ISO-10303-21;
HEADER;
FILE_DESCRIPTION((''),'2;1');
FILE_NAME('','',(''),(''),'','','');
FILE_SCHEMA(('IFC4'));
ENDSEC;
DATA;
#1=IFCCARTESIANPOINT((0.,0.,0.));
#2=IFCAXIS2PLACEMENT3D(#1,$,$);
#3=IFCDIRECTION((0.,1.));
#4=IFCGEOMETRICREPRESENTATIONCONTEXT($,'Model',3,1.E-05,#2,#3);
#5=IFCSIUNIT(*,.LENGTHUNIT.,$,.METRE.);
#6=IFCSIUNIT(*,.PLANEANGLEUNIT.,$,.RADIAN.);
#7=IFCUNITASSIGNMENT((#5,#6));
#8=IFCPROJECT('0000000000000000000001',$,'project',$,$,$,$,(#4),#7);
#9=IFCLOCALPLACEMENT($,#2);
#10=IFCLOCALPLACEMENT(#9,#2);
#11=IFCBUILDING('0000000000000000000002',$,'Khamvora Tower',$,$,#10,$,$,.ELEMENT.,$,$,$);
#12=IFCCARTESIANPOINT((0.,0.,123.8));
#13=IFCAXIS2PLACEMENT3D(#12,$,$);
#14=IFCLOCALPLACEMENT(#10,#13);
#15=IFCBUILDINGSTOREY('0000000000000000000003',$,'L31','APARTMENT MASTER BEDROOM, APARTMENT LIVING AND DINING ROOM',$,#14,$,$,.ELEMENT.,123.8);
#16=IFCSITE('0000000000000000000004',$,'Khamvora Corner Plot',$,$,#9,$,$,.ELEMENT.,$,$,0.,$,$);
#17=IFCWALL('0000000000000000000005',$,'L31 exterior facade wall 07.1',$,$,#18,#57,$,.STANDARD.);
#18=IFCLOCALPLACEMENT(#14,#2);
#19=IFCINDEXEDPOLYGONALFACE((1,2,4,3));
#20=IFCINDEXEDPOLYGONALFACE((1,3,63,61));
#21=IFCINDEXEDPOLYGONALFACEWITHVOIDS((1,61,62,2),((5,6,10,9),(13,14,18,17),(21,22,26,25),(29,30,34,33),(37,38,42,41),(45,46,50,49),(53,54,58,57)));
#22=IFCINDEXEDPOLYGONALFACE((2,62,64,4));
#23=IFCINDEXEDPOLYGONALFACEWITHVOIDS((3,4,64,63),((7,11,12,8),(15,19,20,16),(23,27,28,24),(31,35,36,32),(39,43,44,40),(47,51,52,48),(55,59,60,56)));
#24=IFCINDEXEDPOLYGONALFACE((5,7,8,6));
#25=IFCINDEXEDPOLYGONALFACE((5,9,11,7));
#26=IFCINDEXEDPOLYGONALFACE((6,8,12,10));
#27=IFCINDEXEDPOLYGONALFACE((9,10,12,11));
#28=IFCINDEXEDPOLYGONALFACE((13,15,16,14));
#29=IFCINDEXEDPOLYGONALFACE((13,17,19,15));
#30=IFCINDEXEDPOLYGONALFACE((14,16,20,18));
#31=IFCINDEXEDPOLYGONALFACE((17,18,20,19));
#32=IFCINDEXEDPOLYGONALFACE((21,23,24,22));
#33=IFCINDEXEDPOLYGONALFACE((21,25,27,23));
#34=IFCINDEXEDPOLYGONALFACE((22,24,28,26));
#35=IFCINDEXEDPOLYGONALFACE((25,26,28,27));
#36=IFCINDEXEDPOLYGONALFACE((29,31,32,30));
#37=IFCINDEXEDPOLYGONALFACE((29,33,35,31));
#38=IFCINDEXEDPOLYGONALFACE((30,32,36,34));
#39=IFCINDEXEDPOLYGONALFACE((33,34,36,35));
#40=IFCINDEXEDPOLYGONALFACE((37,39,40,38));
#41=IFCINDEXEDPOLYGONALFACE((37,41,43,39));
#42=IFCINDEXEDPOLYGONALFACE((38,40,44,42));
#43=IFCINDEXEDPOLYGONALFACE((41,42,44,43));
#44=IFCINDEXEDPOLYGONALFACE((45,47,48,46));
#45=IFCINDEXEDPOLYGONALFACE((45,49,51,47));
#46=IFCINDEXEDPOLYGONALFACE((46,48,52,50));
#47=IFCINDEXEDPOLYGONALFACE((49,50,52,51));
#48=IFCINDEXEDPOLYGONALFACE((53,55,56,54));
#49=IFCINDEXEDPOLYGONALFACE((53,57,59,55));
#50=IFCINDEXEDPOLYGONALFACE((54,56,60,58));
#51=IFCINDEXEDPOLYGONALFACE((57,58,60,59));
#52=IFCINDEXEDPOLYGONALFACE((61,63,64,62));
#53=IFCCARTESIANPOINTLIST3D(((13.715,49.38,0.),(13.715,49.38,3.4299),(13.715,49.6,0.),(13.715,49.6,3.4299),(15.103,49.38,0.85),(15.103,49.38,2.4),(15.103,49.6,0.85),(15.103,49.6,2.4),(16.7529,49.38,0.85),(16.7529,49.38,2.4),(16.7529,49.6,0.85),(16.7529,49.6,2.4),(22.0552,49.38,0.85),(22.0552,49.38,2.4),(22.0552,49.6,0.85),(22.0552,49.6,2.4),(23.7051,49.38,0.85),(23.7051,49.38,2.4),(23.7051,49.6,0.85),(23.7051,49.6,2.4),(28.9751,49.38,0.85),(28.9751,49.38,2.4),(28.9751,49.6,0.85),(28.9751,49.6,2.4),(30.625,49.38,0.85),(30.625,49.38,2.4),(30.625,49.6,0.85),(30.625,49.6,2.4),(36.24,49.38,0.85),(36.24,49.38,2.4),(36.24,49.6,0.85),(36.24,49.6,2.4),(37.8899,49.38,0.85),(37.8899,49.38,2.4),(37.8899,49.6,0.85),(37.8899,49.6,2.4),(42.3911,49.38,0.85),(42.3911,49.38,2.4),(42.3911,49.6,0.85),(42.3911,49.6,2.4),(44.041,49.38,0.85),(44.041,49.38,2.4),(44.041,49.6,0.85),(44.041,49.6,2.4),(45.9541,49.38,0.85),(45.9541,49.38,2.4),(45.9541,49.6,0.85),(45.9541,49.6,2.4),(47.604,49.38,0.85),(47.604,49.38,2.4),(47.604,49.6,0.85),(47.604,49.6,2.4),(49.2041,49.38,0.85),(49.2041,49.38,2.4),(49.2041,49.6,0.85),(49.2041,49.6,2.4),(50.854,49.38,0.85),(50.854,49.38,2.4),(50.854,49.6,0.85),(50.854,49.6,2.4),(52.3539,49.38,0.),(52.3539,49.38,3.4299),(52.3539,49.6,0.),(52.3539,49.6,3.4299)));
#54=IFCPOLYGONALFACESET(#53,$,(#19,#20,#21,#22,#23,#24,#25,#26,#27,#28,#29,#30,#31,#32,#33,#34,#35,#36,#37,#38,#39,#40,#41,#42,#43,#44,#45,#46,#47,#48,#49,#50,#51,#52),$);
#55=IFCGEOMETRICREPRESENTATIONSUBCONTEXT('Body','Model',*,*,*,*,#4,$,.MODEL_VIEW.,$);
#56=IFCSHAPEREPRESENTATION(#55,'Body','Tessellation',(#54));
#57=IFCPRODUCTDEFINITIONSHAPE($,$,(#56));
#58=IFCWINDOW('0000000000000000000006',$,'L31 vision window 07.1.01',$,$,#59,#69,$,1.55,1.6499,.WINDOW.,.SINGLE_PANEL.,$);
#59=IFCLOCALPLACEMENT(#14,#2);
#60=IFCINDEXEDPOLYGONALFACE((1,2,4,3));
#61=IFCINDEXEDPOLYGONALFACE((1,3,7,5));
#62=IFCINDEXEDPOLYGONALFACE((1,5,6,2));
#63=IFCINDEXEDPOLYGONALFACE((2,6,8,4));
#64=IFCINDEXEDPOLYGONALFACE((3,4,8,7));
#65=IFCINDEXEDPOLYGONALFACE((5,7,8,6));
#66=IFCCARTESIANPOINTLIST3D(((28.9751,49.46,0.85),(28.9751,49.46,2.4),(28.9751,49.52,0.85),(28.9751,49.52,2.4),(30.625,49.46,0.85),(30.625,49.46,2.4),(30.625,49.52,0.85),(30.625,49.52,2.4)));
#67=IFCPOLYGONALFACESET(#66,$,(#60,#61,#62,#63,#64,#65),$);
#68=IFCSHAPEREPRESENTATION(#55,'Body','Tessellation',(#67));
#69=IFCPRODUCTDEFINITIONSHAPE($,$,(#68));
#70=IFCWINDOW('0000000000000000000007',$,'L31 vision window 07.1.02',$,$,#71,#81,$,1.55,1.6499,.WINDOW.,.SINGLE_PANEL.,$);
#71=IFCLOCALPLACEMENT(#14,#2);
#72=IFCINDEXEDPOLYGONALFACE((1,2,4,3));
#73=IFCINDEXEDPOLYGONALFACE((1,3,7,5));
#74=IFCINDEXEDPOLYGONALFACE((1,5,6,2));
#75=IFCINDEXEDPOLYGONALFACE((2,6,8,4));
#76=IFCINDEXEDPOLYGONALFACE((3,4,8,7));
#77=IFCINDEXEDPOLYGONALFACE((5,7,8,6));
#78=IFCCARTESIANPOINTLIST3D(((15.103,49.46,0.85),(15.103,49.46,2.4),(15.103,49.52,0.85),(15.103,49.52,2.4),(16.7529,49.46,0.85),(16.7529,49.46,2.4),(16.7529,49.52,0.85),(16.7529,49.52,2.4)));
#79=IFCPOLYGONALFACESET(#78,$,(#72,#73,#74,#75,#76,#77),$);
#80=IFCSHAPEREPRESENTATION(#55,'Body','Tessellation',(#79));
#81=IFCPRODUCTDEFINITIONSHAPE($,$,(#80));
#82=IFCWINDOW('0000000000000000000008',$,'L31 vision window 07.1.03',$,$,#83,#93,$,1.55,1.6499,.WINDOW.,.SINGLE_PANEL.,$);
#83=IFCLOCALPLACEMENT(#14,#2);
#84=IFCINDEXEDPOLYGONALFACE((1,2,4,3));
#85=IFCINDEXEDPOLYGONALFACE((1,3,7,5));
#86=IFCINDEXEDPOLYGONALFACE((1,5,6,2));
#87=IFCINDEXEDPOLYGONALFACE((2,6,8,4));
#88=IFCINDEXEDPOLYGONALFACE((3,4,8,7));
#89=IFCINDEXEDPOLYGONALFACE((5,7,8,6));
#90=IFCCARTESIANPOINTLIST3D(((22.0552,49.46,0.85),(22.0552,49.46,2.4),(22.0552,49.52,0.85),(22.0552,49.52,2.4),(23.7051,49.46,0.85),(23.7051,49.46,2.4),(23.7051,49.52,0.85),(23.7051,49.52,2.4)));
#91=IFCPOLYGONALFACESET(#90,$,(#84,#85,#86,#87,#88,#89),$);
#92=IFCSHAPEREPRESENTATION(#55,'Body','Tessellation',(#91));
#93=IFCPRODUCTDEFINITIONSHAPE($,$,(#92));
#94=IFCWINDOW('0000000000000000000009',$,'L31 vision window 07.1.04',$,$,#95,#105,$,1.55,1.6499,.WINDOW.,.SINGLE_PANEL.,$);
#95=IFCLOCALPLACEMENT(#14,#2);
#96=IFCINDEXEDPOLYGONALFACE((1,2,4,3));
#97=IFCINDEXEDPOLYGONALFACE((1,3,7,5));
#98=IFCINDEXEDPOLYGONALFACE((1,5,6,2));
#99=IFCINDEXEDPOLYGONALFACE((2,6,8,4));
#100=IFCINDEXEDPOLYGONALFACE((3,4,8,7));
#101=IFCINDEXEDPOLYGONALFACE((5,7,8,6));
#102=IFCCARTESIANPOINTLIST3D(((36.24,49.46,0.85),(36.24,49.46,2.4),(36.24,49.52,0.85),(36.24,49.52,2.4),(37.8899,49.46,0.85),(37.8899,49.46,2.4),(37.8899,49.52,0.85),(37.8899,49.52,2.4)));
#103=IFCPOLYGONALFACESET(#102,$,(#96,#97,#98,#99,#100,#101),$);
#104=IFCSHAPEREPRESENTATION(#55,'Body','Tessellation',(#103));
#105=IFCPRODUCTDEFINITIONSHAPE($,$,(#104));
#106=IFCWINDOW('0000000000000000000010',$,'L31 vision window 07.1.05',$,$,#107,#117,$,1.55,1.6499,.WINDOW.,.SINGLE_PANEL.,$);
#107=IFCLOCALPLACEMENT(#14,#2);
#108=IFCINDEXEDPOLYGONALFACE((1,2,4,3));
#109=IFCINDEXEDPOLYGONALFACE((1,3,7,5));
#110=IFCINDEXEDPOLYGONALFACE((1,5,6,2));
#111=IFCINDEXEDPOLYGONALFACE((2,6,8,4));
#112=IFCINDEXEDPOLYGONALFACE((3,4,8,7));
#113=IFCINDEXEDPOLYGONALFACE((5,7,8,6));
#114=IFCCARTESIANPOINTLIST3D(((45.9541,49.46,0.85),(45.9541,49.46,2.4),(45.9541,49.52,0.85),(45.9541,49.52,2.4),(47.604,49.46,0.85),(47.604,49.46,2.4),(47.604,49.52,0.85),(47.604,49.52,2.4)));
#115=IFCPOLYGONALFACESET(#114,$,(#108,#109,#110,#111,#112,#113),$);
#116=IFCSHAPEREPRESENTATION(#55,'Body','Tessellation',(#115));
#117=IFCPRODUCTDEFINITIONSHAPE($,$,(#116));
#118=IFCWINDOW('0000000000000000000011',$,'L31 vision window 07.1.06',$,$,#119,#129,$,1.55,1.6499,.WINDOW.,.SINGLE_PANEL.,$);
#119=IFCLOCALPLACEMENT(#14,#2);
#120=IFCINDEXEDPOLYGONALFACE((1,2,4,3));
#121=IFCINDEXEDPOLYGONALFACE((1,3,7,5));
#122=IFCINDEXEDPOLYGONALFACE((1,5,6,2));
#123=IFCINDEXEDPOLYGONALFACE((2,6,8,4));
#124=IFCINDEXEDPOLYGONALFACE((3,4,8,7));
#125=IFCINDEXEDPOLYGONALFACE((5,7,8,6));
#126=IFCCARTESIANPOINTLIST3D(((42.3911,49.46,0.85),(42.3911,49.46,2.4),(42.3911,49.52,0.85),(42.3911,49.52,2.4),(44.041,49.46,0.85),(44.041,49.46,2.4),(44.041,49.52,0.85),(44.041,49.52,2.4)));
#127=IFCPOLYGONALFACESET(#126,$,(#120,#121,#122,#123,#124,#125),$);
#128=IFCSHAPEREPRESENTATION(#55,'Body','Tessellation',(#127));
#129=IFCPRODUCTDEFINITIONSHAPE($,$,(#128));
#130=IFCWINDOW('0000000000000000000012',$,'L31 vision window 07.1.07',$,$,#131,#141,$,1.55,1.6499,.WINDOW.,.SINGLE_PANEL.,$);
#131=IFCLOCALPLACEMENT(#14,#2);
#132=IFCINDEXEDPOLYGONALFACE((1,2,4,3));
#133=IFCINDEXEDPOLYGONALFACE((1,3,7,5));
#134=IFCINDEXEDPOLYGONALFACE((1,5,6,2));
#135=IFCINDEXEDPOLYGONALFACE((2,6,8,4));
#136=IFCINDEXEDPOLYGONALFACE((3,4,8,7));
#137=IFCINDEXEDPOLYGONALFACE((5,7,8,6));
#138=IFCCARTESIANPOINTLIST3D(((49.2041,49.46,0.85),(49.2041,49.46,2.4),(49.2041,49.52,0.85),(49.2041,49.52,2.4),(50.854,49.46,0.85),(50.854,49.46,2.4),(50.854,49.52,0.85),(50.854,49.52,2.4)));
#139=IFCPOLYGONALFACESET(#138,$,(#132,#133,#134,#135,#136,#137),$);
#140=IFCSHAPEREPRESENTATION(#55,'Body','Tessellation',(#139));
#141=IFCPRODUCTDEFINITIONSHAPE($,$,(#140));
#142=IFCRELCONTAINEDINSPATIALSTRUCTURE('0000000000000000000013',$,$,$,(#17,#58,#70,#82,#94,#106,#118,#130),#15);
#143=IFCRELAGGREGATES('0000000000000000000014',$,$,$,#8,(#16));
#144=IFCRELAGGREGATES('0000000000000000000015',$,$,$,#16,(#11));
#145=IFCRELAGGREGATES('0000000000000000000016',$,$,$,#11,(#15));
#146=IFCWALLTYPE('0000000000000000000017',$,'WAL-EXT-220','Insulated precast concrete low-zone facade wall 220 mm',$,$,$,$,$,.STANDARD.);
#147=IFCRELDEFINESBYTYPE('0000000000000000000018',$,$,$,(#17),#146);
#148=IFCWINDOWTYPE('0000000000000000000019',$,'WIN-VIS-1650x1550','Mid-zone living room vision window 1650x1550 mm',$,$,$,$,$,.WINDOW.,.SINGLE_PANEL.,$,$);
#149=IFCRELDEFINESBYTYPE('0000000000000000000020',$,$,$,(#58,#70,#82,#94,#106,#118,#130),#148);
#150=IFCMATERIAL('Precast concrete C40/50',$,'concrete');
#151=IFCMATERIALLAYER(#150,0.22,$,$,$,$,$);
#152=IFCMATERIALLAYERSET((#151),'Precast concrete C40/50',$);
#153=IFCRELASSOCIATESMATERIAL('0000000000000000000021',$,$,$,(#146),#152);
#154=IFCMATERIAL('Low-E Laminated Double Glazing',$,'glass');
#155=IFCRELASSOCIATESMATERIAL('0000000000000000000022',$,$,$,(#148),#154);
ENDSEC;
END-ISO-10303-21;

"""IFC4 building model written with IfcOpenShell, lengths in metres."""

from ifc_helpers import new_model, si_unit, direction, frame, frame_2d, origin, place, context, subcontext, project, spatial, rectangle, extrude, material, layer, layer_set, type_object, element, fill, save


model = new_model("IFC4")

# Units and contexts
model_context = context("Model", 3, precision=1e-05, world=origin(), true_north=direction((0.0, 1.0)))
body_context = subcontext(model_context, "Body", "Model", "MODEL_VIEW")
ifc_project = project(units=[si_unit("LENGTHUNIT", "METRE"), si_unit("PLANEANGLEUNIT", "RADIAN")], contexts=[model_context])

# Site, building, storey
site_placement = place(None, origin())
site = spatial("IfcSite", under=ifc_project, at=site_placement, Name="Khamvora Corner Plot", CompositionType="ELEMENT", RefElevation=0.0)
building_placement = place(site_placement, origin())
building = spatial("IfcBuilding", under=site, at=building_placement, Name="Khamvora Tower", CompositionType="ELEMENT")
storey_placement = place(building_placement, frame((0.0, 0.0, 123.8)))
storey = spatial("IfcBuildingStorey", under=building, at=storey_placement, Name="L31", Description="APARTMENT MASTER BEDROOM, APARTMENT LIVING AND DINING ROOM", CompositionType="ELEMENT", Elevation=123.8)

# Shared definitions
ifc_material_1 = material(Name="Precast concrete C40/50", Category="concrete")
ifc_layer_1 = layer(ifc_material_1, 0.22)
ifc_layer_set_1 = layer_set([ifc_layer_1], Name="Precast concrete C40/50")
wall_type_1 = type_object("IfcWallType", Name="WAL-EXT-220", Description="Insulated precast concrete low-zone facade wall 220 mm", PredefinedType="STANDARD", material=ifc_layer_set_1)

# Wall, openings, windows
wall_1_placement = place(storey_placement, frame((13.7151, 49.49, 0.0), z_axis=(0.0, 0.0, 1.0), x_axis=(1.0, 0.0, 0.0)))
wall_1 = element("IfcWall", 1, at=wall_1_placement, inside=storey, type_object=wall_type_1, Name="L31 exterior facade wall 07.1", PredefinedType="STANDARD", context=body_context, shape_type="SweptSolid", body=[
    extrude(rectangle(XDim=38.6389, YDim=0.22, at=frame_2d((19.3193, 0.0))), origin(), (0.0, 0.0, 1.0), 3.4299),
])
opening_1_placement = place(wall_1_placement, frame((15.26, 0.0, 0.8501)))
opening_1 = element("IfcOpeningElement", 2, at=opening_1_placement, cuts=wall_1, PredefinedType="OPENING", context=body_context, shape_type="SweptSolid", body=[
    extrude(rectangle(XDim=1.6499, YDim=1.55, at=frame_2d((0.825, 0.7749))), frame((0.0, 0.1199, 0.0), z_axis=(0.0, -1.0, 0.0), x_axis=(1.0, 0.0, 0.0)), (0.0, 0.0, 1.0), 0.24),
])
opening_2_placement = place(wall_1_placement, frame((1.3879, 0.0, 0.8501)))
opening_2 = element("IfcOpeningElement", 3, at=opening_2_placement, cuts=wall_1, PredefinedType="OPENING", context=body_context, shape_type="SweptSolid", body=[
    extrude(rectangle(XDim=1.6499, YDim=1.55, at=frame_2d((0.825, 0.7749))), frame((0.0, 0.1199, 0.0), z_axis=(0.0, -1.0, 0.0), x_axis=(1.0, 0.0, 0.0)), (0.0, 0.0, 1.0), 0.24),
])
opening_3_placement = place(wall_1_placement, frame((8.3401, 0.0, 0.8501)))
opening_3 = element("IfcOpeningElement", 4, at=opening_3_placement, cuts=wall_1, PredefinedType="OPENING", context=body_context, shape_type="SweptSolid", body=[
    extrude(rectangle(XDim=1.6499, YDim=1.55, at=frame_2d((0.825, 0.7749))), frame((0.0, 0.1199, 0.0), z_axis=(0.0, -1.0, 0.0), x_axis=(1.0, 0.0, 0.0)), (0.0, 0.0, 1.0), 0.24),
])
opening_4_placement = place(wall_1_placement, frame((22.5249, 0.0, 0.8501)))
opening_4 = element("IfcOpeningElement", 5, at=opening_4_placement, cuts=wall_1, PredefinedType="OPENING", context=body_context, shape_type="SweptSolid", body=[
    extrude(rectangle(XDim=1.6499, YDim=1.55, at=frame_2d((0.825, 0.7749))), frame((0.0, 0.1199, 0.0), z_axis=(0.0, -1.0, 0.0), x_axis=(1.0, 0.0, 0.0)), (0.0, 0.0, 1.0), 0.24),
])
opening_5_placement = place(wall_1_placement, frame((32.239, 0.0, 0.8501)))
opening_5 = element("IfcOpeningElement", 6, at=opening_5_placement, cuts=wall_1, PredefinedType="OPENING", context=body_context, shape_type="SweptSolid", body=[
    extrude(rectangle(XDim=1.6499, YDim=1.55, at=frame_2d((0.825, 0.7749))), frame((0.0, 0.1199, 0.0), z_axis=(0.0, -1.0, 0.0), x_axis=(1.0, 0.0, 0.0)), (0.0, 0.0, 1.0), 0.24),
])
opening_6_placement = place(wall_1_placement, frame((28.676, 0.0, 0.8501)))
opening_6 = element("IfcOpeningElement", 7, at=opening_6_placement, cuts=wall_1, PredefinedType="OPENING", context=body_context, shape_type="SweptSolid", body=[
    extrude(rectangle(XDim=1.6499, YDim=1.55, at=frame_2d((0.825, 0.7749))), frame((0.0, 0.1199, 0.0), z_axis=(0.0, -1.0, 0.0), x_axis=(1.0, 0.0, 0.0)), (0.0, 0.0, 1.0), 0.24),
])
opening_7_placement = place(wall_1_placement, frame((35.489, 0.0, 0.8501)))
opening_7 = element("IfcOpeningElement", 8, at=opening_7_placement, cuts=wall_1, PredefinedType="OPENING", context=body_context, shape_type="SweptSolid", body=[
    extrude(rectangle(XDim=1.6499, YDim=1.55, at=frame_2d((0.825, 0.7749))), frame((0.0, 0.1199, 0.0), z_axis=(0.0, -1.0, 0.0), x_axis=(1.0, 0.0, 0.0)), (0.0, 0.0, 1.0), 0.24),
])
ifc_material_2 = material(Name="Low-E Laminated Double Glazing", Category="glass")
window_type = type_object("IfcWindowType", Name="WIN-VIS-1650x1550", Description="Mid-zone living room vision window 1650x1550 mm", PartitioningType="SINGLE_PANEL", PredefinedType="WINDOW", material=ifc_material_2)
window_1_placement = place(opening_1_placement, origin())
window_1 = element("IfcWindow", 9, at=window_1_placement, inside=storey, type_object=window_type, Name="L31 vision window 07.1.01", OverallHeight=1.55, OverallWidth=1.6499, PartitioningType="SINGLE_PANEL", PredefinedType="WINDOW", context=body_context, shape_type="SweptSolid", body=[
    extrude(rectangle(XDim=1.6499, YDim=1.55, at=frame_2d((0.825, 0.7749))), frame((0.0, 0.03, 0.0), z_axis=(0.0, -1.0, 0.0), x_axis=(1.0, 0.0, 0.0)), (0.0, 0.0, 1.0), 0.0601),
])
fill(opening_1, window_1)
window_2_placement = place(opening_2_placement, origin())
window_2 = element("IfcWindow", 10, at=window_2_placement, inside=storey, type_object=window_type, Name="L31 vision window 07.1.02", OverallHeight=1.55, OverallWidth=1.6499, PartitioningType="SINGLE_PANEL", PredefinedType="WINDOW", context=body_context, shape_type="SweptSolid", body=[
    extrude(rectangle(XDim=1.6499, YDim=1.55, at=frame_2d((0.825, 0.7749))), frame((0.0, 0.03, 0.0), z_axis=(0.0, -1.0, 0.0), x_axis=(1.0, 0.0, 0.0)), (0.0, 0.0, 1.0), 0.0601),
])
fill(opening_2, window_2)
window_3_placement = place(opening_3_placement, origin())
window_3 = element("IfcWindow", 11, at=window_3_placement, inside=storey, type_object=window_type, Name="L31 vision window 07.1.03", OverallHeight=1.55, OverallWidth=1.6499, PartitioningType="SINGLE_PANEL", PredefinedType="WINDOW", context=body_context, shape_type="SweptSolid", body=[
    extrude(rectangle(XDim=1.6499, YDim=1.55, at=frame_2d((0.825, 0.7749))), frame((0.0, 0.03, 0.0), z_axis=(0.0, -1.0, 0.0), x_axis=(1.0, 0.0, 0.0)), (0.0, 0.0, 1.0), 0.0601),
])
fill(opening_3, window_3)
window_4_placement = place(opening_4_placement, origin())
window_4 = element("IfcWindow", 12, at=window_4_placement, inside=storey, type_object=window_type, Name="L31 vision window 07.1.04", OverallHeight=1.55, OverallWidth=1.6499, PartitioningType="SINGLE_PANEL", PredefinedType="WINDOW", context=body_context, shape_type="SweptSolid", body=[
    extrude(rectangle(XDim=1.6499, YDim=1.55, at=frame_2d((0.825, 0.7749))), frame((0.0, 0.03, 0.0), z_axis=(0.0, -1.0, 0.0), x_axis=(1.0, 0.0, 0.0)), (0.0, 0.0, 1.0), 0.0601),
])
fill(opening_4, window_4)
window_5_placement = place(opening_5_placement, origin())
window_5 = element("IfcWindow", 13, at=window_5_placement, inside=storey, type_object=window_type, Name="L31 vision window 07.1.05", OverallHeight=1.55, OverallWidth=1.6499, PartitioningType="SINGLE_PANEL", PredefinedType="WINDOW", context=body_context, shape_type="SweptSolid", body=[
    extrude(rectangle(XDim=1.6499, YDim=1.55, at=frame_2d((0.825, 0.7749))), frame((0.0, 0.03, 0.0), z_axis=(0.0, -1.0, 0.0), x_axis=(1.0, 0.0, 0.0)), (0.0, 0.0, 1.0), 0.0601),
])
fill(opening_5, window_5)
window_6_placement = place(opening_6_placement, origin())
window_6 = element("IfcWindow", 14, at=window_6_placement, inside=storey, type_object=window_type, Name="L31 vision window 07.1.06", OverallHeight=1.55, OverallWidth=1.6499, PartitioningType="SINGLE_PANEL", PredefinedType="WINDOW", context=body_context, shape_type="SweptSolid", body=[
    extrude(rectangle(XDim=1.6499, YDim=1.55, at=frame_2d((0.825, 0.7749))), frame((0.0, 0.03, 0.0), z_axis=(0.0, -1.0, 0.0), x_axis=(1.0, 0.0, 0.0)), (0.0, 0.0, 1.0), 0.0601),
])
fill(opening_6, window_6)
window_7_placement = place(opening_7_placement, origin())
window_7 = element("IfcWindow", 15, at=window_7_placement, inside=storey, type_object=window_type, Name="L31 vision window 07.1.07", OverallHeight=1.55, OverallWidth=1.6499, PartitioningType="SINGLE_PANEL", PredefinedType="WINDOW", context=body_context, shape_type="SweptSolid", body=[
    extrude(rectangle(XDim=1.6499, YDim=1.55, at=frame_2d((0.825, 0.7749))), frame((0.0, 0.03, 0.0), z_axis=(0.0, -1.0, 0.0), x_axis=(1.0, 0.0, 0.0)), (0.0, 0.0, 1.0), 0.0601),
])
fill(opening_7, window_7)

save(model, "model.ifc")
